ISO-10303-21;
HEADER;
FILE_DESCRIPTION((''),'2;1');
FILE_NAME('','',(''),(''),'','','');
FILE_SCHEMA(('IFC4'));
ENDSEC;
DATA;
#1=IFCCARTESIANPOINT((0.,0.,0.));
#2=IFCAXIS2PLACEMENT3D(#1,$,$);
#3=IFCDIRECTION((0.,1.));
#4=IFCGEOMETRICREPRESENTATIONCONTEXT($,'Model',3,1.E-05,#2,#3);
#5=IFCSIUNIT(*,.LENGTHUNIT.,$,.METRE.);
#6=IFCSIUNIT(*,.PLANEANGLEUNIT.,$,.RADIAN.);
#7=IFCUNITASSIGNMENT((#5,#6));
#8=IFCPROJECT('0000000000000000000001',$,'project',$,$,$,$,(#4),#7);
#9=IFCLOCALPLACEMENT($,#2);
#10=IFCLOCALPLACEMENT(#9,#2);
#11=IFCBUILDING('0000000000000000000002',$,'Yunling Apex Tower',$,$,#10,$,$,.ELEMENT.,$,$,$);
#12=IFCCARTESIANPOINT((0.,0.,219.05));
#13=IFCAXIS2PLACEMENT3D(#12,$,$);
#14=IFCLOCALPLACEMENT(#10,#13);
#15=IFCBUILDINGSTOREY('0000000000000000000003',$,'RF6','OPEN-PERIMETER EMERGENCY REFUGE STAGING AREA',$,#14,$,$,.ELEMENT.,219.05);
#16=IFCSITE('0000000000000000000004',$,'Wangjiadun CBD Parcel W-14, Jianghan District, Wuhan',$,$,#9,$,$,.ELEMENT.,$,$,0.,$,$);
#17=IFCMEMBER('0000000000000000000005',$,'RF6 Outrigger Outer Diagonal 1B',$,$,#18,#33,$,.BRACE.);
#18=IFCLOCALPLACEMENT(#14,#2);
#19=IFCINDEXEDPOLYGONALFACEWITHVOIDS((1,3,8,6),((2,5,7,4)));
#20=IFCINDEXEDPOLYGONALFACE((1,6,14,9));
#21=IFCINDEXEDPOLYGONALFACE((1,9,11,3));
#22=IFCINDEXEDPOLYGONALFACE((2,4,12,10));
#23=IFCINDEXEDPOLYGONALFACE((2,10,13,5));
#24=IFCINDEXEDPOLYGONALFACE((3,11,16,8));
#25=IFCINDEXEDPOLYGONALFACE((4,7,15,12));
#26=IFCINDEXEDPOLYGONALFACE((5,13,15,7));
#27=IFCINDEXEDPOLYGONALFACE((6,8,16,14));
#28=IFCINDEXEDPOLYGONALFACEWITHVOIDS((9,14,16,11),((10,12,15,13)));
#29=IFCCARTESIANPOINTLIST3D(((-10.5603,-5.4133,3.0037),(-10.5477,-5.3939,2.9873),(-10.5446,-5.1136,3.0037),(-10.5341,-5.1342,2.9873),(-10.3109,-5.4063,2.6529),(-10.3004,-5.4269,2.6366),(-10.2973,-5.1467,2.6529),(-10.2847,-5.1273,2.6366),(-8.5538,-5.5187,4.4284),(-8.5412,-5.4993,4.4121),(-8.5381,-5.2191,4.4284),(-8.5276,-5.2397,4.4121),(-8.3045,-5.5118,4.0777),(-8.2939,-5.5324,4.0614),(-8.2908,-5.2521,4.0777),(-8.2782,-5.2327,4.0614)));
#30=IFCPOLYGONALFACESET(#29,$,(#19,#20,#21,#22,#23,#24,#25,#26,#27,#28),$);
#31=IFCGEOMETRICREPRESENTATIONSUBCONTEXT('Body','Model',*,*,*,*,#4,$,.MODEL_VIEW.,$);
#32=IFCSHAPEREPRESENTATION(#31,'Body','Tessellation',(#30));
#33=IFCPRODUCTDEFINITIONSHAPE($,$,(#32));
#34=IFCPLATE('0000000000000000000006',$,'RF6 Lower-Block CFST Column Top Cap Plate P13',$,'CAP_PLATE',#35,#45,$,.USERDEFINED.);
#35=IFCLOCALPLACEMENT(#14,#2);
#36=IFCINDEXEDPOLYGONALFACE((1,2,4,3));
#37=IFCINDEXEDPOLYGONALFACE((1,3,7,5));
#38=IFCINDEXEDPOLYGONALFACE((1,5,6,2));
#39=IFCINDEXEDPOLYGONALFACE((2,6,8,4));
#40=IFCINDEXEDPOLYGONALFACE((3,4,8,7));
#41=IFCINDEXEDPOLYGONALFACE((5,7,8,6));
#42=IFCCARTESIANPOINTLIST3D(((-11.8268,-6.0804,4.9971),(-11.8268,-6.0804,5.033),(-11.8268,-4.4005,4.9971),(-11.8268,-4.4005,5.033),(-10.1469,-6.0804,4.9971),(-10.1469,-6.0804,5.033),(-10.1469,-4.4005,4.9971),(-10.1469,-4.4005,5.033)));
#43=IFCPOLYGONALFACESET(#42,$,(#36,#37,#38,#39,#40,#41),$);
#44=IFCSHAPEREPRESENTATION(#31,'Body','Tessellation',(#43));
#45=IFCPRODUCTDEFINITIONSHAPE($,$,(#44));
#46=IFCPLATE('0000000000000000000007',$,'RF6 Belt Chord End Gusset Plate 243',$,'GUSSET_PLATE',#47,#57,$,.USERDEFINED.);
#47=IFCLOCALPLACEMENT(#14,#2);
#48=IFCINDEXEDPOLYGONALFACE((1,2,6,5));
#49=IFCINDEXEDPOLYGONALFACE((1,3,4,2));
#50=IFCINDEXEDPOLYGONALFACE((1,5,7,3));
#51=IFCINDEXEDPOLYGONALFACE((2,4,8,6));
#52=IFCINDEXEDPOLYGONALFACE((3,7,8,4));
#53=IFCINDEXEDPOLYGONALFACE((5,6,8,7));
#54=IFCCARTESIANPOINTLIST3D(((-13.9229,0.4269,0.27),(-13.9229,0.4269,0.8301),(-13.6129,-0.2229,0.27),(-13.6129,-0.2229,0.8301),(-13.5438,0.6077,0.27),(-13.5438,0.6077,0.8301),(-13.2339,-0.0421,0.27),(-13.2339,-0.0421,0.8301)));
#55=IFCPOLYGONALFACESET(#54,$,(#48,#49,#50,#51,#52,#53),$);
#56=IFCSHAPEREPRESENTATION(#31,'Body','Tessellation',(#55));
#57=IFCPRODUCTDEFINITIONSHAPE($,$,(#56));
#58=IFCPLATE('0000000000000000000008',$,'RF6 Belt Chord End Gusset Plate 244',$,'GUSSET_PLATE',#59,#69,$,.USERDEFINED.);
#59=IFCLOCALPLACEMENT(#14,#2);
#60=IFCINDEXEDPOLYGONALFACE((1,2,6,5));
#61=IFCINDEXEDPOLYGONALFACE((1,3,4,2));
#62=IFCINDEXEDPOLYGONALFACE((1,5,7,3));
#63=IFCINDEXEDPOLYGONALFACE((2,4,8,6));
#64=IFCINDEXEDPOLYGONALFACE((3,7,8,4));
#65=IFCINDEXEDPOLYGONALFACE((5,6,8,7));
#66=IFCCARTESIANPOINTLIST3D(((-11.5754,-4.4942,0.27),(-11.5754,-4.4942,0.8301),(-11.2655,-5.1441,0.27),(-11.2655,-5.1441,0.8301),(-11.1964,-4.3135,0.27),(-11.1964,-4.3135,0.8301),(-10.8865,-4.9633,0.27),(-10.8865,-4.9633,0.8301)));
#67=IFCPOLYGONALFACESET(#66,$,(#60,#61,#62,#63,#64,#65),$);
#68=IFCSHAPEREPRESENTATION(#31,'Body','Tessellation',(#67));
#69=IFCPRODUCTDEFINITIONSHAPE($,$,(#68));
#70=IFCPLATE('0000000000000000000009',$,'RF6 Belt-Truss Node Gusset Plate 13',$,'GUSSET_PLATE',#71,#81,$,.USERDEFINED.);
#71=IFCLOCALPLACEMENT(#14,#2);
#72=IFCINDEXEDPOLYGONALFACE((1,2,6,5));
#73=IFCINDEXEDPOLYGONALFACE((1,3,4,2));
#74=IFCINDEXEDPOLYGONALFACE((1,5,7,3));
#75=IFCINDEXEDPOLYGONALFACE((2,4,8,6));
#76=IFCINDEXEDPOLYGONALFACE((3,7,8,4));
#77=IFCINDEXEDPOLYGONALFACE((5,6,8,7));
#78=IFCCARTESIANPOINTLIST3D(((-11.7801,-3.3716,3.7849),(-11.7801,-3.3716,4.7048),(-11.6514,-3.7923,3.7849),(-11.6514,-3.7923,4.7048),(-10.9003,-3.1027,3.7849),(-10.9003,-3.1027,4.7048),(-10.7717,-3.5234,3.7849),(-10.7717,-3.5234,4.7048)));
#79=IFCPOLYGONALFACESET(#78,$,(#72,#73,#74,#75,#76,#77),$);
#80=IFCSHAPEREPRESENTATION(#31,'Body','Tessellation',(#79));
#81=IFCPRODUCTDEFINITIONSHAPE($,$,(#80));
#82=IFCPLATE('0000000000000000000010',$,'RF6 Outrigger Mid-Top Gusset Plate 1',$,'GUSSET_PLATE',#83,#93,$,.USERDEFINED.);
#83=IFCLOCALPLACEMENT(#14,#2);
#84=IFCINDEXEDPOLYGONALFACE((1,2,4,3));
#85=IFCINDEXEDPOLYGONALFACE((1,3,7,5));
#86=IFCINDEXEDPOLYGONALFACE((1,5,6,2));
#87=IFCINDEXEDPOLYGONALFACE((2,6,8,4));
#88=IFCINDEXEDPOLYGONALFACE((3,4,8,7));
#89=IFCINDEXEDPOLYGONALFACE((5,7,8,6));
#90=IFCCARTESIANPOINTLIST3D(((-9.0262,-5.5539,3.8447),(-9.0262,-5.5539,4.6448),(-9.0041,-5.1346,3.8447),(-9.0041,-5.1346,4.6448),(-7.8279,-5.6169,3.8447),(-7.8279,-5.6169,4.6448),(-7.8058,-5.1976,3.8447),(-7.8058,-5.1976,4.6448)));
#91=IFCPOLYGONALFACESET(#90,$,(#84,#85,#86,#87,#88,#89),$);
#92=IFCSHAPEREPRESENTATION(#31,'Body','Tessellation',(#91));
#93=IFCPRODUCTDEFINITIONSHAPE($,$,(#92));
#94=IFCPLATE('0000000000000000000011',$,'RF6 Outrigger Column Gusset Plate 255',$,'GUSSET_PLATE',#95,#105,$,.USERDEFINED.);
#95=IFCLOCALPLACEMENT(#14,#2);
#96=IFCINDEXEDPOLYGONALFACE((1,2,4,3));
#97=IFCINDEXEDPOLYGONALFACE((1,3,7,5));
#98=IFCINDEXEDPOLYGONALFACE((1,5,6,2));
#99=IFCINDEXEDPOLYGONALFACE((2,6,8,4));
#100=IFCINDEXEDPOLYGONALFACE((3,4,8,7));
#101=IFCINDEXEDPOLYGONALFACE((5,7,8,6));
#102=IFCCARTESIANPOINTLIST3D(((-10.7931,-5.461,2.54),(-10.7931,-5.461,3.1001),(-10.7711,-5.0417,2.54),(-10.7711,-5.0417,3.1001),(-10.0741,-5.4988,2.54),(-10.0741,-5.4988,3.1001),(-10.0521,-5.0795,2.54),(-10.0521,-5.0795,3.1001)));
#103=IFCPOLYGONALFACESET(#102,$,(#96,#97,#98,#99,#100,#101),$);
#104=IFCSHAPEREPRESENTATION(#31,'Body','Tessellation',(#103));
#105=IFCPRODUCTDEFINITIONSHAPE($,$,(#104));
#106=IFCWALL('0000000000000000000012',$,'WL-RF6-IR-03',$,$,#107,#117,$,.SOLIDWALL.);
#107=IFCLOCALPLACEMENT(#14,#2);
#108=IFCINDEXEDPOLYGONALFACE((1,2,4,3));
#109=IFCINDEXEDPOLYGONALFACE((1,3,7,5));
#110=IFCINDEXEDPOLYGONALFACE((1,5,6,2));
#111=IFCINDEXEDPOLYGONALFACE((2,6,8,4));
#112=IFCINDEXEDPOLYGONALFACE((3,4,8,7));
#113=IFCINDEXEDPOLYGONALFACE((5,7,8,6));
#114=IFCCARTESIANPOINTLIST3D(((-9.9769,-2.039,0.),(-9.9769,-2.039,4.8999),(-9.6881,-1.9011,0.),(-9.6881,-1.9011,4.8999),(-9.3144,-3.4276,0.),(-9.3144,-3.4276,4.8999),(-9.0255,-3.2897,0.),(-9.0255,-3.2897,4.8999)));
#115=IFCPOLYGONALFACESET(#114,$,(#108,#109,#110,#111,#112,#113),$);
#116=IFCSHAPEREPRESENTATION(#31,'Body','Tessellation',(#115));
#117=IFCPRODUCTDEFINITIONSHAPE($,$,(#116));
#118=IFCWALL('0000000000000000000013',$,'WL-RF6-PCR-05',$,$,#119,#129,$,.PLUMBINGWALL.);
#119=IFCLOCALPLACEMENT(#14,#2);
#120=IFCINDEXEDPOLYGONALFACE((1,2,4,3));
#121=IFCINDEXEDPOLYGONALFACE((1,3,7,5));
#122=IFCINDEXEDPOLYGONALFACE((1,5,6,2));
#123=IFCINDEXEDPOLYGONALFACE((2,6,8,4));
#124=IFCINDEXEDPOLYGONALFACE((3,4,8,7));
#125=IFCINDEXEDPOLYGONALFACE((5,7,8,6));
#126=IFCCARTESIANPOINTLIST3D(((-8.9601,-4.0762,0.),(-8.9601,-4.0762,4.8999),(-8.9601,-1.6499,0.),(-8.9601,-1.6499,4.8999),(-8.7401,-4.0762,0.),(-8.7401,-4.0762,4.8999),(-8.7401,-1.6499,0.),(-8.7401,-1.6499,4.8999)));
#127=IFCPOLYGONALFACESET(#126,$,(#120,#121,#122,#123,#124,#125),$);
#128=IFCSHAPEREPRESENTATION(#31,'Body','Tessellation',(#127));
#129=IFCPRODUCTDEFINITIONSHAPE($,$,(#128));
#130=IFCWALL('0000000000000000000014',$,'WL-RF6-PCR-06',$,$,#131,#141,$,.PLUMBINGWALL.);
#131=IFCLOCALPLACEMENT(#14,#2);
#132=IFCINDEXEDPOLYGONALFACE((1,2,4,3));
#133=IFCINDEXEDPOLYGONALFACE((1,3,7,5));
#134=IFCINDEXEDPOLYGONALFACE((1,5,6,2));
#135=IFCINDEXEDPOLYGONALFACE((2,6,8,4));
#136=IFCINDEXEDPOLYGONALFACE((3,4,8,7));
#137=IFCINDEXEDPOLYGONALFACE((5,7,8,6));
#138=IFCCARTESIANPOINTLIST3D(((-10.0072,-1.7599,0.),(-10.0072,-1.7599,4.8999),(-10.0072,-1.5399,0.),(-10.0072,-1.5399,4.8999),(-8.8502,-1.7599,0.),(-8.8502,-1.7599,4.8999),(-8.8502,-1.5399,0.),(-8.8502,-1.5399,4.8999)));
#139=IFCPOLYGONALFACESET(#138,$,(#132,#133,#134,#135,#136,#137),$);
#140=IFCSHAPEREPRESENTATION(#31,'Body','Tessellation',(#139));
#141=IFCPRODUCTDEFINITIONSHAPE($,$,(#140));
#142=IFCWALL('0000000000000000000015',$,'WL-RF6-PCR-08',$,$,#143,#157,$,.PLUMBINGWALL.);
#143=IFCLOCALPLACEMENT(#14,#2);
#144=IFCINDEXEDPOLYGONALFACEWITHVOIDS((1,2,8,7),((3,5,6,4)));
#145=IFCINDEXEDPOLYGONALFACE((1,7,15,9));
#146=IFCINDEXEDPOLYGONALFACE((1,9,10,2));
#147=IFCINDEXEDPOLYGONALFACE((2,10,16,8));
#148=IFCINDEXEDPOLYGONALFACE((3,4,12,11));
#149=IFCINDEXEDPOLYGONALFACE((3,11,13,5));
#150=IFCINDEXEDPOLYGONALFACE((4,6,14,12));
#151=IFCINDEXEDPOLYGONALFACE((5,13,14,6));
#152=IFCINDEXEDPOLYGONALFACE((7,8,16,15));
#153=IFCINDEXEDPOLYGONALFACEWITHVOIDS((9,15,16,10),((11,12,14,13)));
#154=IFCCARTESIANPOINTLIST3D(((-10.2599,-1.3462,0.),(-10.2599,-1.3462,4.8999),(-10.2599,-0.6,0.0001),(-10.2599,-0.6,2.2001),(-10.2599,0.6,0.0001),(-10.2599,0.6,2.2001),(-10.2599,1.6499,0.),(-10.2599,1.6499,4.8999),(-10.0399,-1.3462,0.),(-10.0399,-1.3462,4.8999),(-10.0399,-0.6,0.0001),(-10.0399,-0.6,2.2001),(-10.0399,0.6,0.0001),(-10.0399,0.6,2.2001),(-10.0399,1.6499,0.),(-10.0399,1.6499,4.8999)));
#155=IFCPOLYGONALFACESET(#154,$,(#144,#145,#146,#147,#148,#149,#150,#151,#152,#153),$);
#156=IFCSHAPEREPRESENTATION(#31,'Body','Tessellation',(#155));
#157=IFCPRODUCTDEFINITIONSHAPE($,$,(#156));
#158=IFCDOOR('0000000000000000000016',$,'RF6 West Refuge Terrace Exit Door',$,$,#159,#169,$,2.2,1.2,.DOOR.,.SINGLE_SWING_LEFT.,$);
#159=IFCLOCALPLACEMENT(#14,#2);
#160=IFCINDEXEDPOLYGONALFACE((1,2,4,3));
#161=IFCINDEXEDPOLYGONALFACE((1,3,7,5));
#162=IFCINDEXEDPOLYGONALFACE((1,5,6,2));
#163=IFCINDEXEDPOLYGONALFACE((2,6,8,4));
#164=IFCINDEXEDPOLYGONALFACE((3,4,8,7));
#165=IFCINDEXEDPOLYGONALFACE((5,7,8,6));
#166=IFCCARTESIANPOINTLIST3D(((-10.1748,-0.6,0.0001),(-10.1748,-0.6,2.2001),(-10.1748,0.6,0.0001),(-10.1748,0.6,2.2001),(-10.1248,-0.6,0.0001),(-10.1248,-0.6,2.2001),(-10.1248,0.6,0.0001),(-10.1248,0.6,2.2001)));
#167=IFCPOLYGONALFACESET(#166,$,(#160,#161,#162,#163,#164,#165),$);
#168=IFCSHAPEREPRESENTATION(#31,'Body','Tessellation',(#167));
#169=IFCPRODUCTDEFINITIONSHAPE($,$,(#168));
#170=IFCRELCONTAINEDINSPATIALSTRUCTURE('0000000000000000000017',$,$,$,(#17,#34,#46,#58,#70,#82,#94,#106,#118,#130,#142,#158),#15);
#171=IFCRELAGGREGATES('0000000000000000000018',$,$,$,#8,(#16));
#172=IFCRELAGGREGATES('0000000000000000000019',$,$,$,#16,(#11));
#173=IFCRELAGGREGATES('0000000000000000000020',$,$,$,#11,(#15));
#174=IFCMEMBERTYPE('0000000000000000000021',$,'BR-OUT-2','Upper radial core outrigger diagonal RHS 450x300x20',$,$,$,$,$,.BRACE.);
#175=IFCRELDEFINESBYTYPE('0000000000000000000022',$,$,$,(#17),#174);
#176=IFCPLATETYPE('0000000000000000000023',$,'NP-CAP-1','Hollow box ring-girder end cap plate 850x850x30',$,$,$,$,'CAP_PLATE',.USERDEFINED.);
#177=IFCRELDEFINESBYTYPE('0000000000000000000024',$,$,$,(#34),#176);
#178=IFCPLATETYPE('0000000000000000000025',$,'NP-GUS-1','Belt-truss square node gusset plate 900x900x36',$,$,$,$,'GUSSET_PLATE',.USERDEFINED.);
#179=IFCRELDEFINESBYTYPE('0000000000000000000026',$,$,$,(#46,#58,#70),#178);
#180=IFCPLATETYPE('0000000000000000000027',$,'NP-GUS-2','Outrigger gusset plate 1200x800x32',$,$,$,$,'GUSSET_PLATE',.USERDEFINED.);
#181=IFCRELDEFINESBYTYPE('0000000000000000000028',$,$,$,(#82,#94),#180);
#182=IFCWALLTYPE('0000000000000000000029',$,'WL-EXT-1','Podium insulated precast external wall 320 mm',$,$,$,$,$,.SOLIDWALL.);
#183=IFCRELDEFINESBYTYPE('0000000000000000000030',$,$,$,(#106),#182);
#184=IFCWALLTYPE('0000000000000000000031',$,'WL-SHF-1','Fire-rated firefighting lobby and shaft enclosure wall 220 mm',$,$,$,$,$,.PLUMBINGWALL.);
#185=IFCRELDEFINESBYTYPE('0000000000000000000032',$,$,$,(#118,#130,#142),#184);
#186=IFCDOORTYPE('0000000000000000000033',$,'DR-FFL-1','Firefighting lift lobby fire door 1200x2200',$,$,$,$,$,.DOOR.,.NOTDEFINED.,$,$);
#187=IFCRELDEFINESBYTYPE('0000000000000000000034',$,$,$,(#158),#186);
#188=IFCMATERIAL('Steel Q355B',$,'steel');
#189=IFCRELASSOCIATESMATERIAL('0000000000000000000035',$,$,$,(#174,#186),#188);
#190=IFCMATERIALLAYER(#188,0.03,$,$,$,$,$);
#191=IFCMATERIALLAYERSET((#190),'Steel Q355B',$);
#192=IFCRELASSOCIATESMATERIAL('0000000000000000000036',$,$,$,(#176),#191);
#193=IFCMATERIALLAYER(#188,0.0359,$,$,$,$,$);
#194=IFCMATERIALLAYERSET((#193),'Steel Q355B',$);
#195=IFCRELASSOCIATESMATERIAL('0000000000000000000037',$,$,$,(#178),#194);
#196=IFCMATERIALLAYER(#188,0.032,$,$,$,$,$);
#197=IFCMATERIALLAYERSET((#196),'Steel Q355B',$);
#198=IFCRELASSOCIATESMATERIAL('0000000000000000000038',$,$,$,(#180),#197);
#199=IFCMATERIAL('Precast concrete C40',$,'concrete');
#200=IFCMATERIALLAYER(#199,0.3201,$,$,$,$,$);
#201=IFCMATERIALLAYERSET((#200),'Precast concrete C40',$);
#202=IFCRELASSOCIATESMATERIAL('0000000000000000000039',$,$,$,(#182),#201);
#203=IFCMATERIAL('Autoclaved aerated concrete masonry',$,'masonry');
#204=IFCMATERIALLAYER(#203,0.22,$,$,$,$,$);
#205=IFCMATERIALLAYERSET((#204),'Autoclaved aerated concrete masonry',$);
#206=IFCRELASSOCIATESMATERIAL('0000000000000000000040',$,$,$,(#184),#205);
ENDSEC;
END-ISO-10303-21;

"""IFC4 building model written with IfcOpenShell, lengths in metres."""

from ifc_helpers import new_model, si_unit, direction, frame, frame_2d, origin, origin_2d, place, context, subcontext, project, spatial, rectangle, hollow_rectangle, extrude, source, transform, mapped, material, layer, layer_set, material_profile, profile_set, type_object, element, fill, save


model = new_model("IFC4")

# Units and contexts
model_context = context("Model", 3, precision=1e-05, world=origin(), true_north=direction((0.0, 1.0)))
body_context = subcontext(model_context, "Body", "Model", "MODEL_VIEW")
ifc_project = project(units=[si_unit("LENGTHUNIT", "METRE"), si_unit("PLANEANGLEUNIT", "RADIAN")], contexts=[model_context])

# Site, building, storey
site_placement = place(None, origin())
site = spatial("IfcSite", under=ifc_project, at=site_placement, Name="Wangjiadun CBD Parcel W-14, Jianghan District, Wuhan", CompositionType="ELEMENT", RefElevation=0.0)
building_placement = place(site_placement, origin())
building = spatial("IfcBuilding", under=site, at=building_placement, Name="Yunling Apex Tower", CompositionType="ELEMENT")
storey_placement = place(building_placement, frame((0.0, 0.0, 219.05)))
storey = spatial("IfcBuildingStorey", under=building, at=storey_placement, Name="RF6", Description="OPEN-PERIMETER EMERGENCY REFUGE STAGING AREA", CompositionType="ELEMENT", Elevation=219.05)

# Shared definitions
ifc_material_1 = material(Name="Steel Q355B", Category="steel")

# Member
ifc_material_profile_1 = material_profile(ifc_material_1, hollow_rectangle(XDim=0.3, YDim=0.45, WallThickness=0.02, at=origin_2d()))
ifc_profile_set_1 = profile_set([ifc_material_profile_1], Name="Steel Q355B")
member_type_1 = type_object("IfcMemberType", Name="BR-OUT-2", Description="Upper radial core outrigger diagonal RHS 450x300x20", PredefinedType="BRACE", material=ifc_profile_set_1)
shared_shape_1 = source(origin(), body_context, "Body", "SweptSolid", [
    extrude(hollow_rectangle(XDim=0.3, YDim=0.45, WallThickness=0.02, at=origin_2d()), origin(), (0.0, 0.0, 1.0), 2.4631),
])
member_1_placement = place(storey_placement, frame((-8.416, -5.3757, 4.2449), z_axis=(-0.814611, 0.042817, -0.578425), x_axis=(-0.052489, -0.998622, 0.0)))
element("IfcMember", 1, at=member_1_placement, inside=storey, type_object=member_type_1, Name="RF6 Outrigger Outer Diagonal 1B", PredefinedType="BRACE", context=body_context, shape_type="MappedRepresentation", body=[
    mapped(shared_shape_1, transform((0.0, 0.0, 0.0), scale=1.0)),
])

# Plates
ifc_layer_1 = layer(ifc_material_1, 0.03)
ifc_layer_set_1 = layer_set([ifc_layer_1], Name="Steel Q355B")
plate_type_1 = type_object("IfcPlateType", Name="NP-CAP-1", Description="Hollow box ring-girder end cap plate 850x850x30", ElementType="CAP_PLATE", PredefinedType="USERDEFINED", material=ifc_layer_set_1)
shared_shape_2 = source(origin(), body_context, "Body", "SweptSolid", [
    extrude(rectangle(XDim=1.6799, YDim=1.6799, at=origin_2d()), origin(), (0.0, 0.0, 1.0), 0.0359),
])
plate_1_placement = place(storey_placement, frame((-10.9868, -5.2405, 4.9971), z_axis=(0.0, 0.0, 1.0), x_axis=(1.0, 0.0, 0.0)))
element("IfcPlate", 2, at=plate_1_placement, inside=storey, type_object=plate_type_1, Name="RF6 Lower-Block CFST Column Top Cap Plate P13", ObjectType="CAP_PLATE", PredefinedType="USERDEFINED", context=body_context, shape_type="MappedRepresentation", body=[
    mapped(shared_shape_2, transform((0.0, 0.0, 0.0), scale=1.0)),
])
ifc_layer_2 = layer(ifc_material_1, 0.0359)
ifc_layer_set_2 = layer_set([ifc_layer_2], Name="Steel Q355B")
plate_type_2 = type_object("IfcPlateType", Name="NP-GUS-1", Description="Belt-truss square node gusset plate 900x900x36", ElementType="GUSSET_PLATE", PredefinedType="USERDEFINED", material=ifc_layer_set_2)
shared_shape_3 = source(origin(), body_context, "Body", "SweptSolid", [
    extrude(rectangle(XDim=0.72, YDim=0.4199, at=origin_2d()), origin(), (0.0, 0.0, 1.0), 0.5601),
])
for number, where, z_axis, x_axis, name in (
    (3, (-13.5784, 0.1924, 0.27), (0.0, 0.0, 1.0), (0.430511, -0.902585, 0.0), "RF6 Belt Chord End Gusset Plate 243"),
    (4, (-11.231, -4.7288, 0.27), (0.0, 0.0, 1.0), (0.430511, -0.902585, 0.0), "RF6 Belt Chord End Gusset Plate 244"),
):
    element("IfcPlate", number, at=place(storey_placement, frame(where, z_axis=z_axis, x_axis=x_axis)), inside=storey, type_object=plate_type_2, Name=name, ObjectType="GUSSET_PLATE", PredefinedType="USERDEFINED", context=body_context, shape_type="MappedRepresentation", body=[
        mapped(shared_shape_3, transform((0.0, 0.0, 0.0), scale=1.0)),
    ])
shared_shape_4 = source(origin(), body_context, "Body", "SweptSolid", [
    extrude(rectangle(XDim=0.9199, YDim=0.4399, at=origin_2d()), origin(), (0.0, 0.0, 1.0), 0.9199),
])
plate_2_placement = place(storey_placement, frame((-11.2759, -3.4475, 3.7849), z_axis=(0.0, 0.0, 1.0), x_axis=(-0.956305, -0.292372, 0.0)))
element("IfcPlate", 5, at=plate_2_placement, inside=storey, type_object=plate_type_2, Name="RF6 Belt-Truss Node Gusset Plate 13", ObjectType="GUSSET_PLATE", PredefinedType="USERDEFINED", context=body_context, shape_type="MappedRepresentation", body=[
    mapped(shared_shape_4, transform((0.0, 0.0, 0.0), scale=1.0)),
])
ifc_layer_3 = layer(ifc_material_1, 0.032)
ifc_layer_set_3 = layer_set([ifc_layer_3], Name="Steel Q355B")
plate_type_3 = type_object("IfcPlateType", Name="NP-GUS-2", Description="Outrigger gusset plate 1200x800x32", ElementType="GUSSET_PLATE", PredefinedType="USERDEFINED", material=ifc_layer_set_3)
shared_shape_5 = source(origin(), body_context, "Body", "SweptSolid", [
    extrude(rectangle(XDim=1.2, YDim=0.4199, at=origin_2d()), origin(), (0.0, 0.0, 1.0), 0.8),
])
plate_3_placement = place(storey_placement, frame((-8.416, -5.3757, 3.8447), z_axis=(0.0, 0.0, 1.0), x_axis=(-0.99862, 0.05251, 0.0)))
element("IfcPlate", 6, at=plate_3_placement, inside=storey, type_object=plate_type_3, Name="RF6 Outrigger Mid-Top Gusset Plate 1", ObjectType="GUSSET_PLATE", PredefinedType="USERDEFINED", context=body_context, shape_type="MappedRepresentation", body=[
    mapped(shared_shape_5, transform((0.0, 0.0, 0.0), scale=1.0)),
])
shared_shape_6 = source(origin(), body_context, "Body", "SweptSolid", [
    extrude(rectangle(XDim=0.72, YDim=0.4199, at=origin_2d()), origin(), (0.0, 0.0, 1.0), 0.5601),
])
plate_4_placement = place(storey_placement, frame((-10.4226, -5.2703, 2.54), z_axis=(0.0, 0.0, 1.0), x_axis=(-0.99862, 0.05251, 0.0)))
element("IfcPlate", 7, at=plate_4_placement, inside=storey, type_object=plate_type_3, Name="RF6 Outrigger Column Gusset Plate 255", ObjectType="GUSSET_PLATE", PredefinedType="USERDEFINED", context=body_context, shape_type="MappedRepresentation", body=[
    mapped(shared_shape_6, transform((0.0, 0.0, 0.0), scale=1.0)),
])

# Walls
ifc_material_2 = material(Name="Precast concrete C40", Category="concrete")
ifc_layer_4 = layer(ifc_material_2, 0.3201)
ifc_layer_set_4 = layer_set([ifc_layer_4], Name="Precast concrete C40")
wall_type_1 = type_object("IfcWallType", Name="WL-EXT-1", Description="Podium insulated precast external wall 320 mm", PredefinedType="SOLIDWALL", material=ifc_layer_set_4)
wall_1_placement = place(storey_placement, frame((-9.1699, -3.3586, 0.0), z_axis=(0.0, 0.0, 1.0), x_axis=(-0.430636, 0.902526, 0.0)))
element("IfcWall", 8, at=wall_1_placement, inside=storey, type_object=wall_type_1, Name="WL-RF6-IR-03", PredefinedType="SOLIDWALL", context=body_context, shape_type="SweptSolid", body=[
    extrude(rectangle(XDim=1.5386, YDim=0.3201, at=frame_2d((0.7693, 0.0))), origin(), (0.0, 0.0, 1.0), 4.8999),
])
ifc_material_3 = material(Name="Autoclaved aerated concrete masonry", Category="masonry")
ifc_layer_5 = layer(ifc_material_3, 0.22)
ifc_layer_set_5 = layer_set([ifc_layer_5], Name="Autoclaved aerated concrete masonry")
wall_type_2 = type_object("IfcWallType", Name="WL-SHF-1", Description="Fire-rated firefighting lobby and shaft enclosure wall 220 mm", PredefinedType="PLUMBINGWALL", material=ifc_layer_set_5)
wall_2_placement = place(storey_placement, frame((-8.8501, -4.0762, 0.0), z_axis=(0.0, 0.0, 1.0), x_axis=(0.0, 1.0, 0.0)))
element("IfcWall", 9, at=wall_2_placement, inside=storey, type_object=wall_type_2, Name="WL-RF6-PCR-05", PredefinedType="PLUMBINGWALL", context=body_context, shape_type="SweptSolid", body=[
    extrude(rectangle(XDim=2.4263, YDim=0.22, at=frame_2d((1.2131, 0.0))), origin(), (0.0, 0.0, 1.0), 4.8999),
])
wall_3_placement = place(storey_placement, frame((-8.8501, -1.6499, 0.0), z_axis=(0.0, 0.0, 1.0), x_axis=(-1.0, 0.0, 0.0)))
element("IfcWall", 10, at=wall_3_placement, inside=storey, type_object=wall_type_2, Name="WL-RF6-PCR-06", PredefinedType="PLUMBINGWALL", context=body_context, shape_type="SweptSolid", body=[
    extrude(rectangle(XDim=1.157, YDim=0.22, at=frame_2d((0.5786, 0.0))), origin(), (0.0, 0.0, 1.0), 4.8999),
])

# Wall, opening, door
wall_4_placement = place(storey_placement, frame((-10.1499, -1.3462, 0.0), z_axis=(0.0, 0.0, 1.0), x_axis=(0.0, 1.0, 0.0)))
wall_4 = element("IfcWall", 11, at=wall_4_placement, inside=storey, type_object=wall_type_2, Name="WL-RF6-PCR-08", PredefinedType="PLUMBINGWALL", context=body_context, shape_type="SweptSolid", body=[
    extrude(rectangle(XDim=2.9961, YDim=0.22, at=frame_2d((1.498, 0.0))), origin(), (0.0, 0.0, 1.0), 4.8999),
])
opening_placement = place(wall_4_placement, frame((0.7461, 0.0, 0.0)))
opening = element("IfcOpeningElement", 12, at=opening_placement, cuts=wall_4, PredefinedType="OPENING", context=body_context, shape_type="SweptSolid", body=[
    extrude(rectangle(XDim=1.2, YDim=2.2, at=frame_2d((0.6001, 1.1001))), frame((0.0, 0.1201, 0.0), z_axis=(0.0, -1.0, 0.0), x_axis=(1.0, 0.0, 0.0)), (0.0, 0.0, 1.0), 0.24),
])
door_type = type_object("IfcDoorType", Name="DR-FFL-1", Description="Firefighting lift lobby fire door 1200x2200", OperationType="NOTDEFINED", PredefinedType="DOOR", material=ifc_material_1)
door_placement = place(opening_placement, origin())
door = element("IfcDoor", 13, at=door_placement, inside=storey, type_object=door_type, Name="RF6 West Refuge Terrace Exit Door", OperationType="SINGLE_SWING_LEFT", OverallHeight=2.2, OverallWidth=1.2, PredefinedType="DOOR", context=body_context, shape_type="SweptSolid", body=[
    extrude(rectangle(XDim=1.2, YDim=2.2, at=frame_2d((0.6001, 1.1001))), frame((0.0, 0.0249, 0.0), z_axis=(0.0, -1.0, 0.0), x_axis=(1.0, 0.0, 0.0)), (0.0, 0.0, 1.0), 0.05),
])
fill(opening, door)

save(model, "model.ifc")
